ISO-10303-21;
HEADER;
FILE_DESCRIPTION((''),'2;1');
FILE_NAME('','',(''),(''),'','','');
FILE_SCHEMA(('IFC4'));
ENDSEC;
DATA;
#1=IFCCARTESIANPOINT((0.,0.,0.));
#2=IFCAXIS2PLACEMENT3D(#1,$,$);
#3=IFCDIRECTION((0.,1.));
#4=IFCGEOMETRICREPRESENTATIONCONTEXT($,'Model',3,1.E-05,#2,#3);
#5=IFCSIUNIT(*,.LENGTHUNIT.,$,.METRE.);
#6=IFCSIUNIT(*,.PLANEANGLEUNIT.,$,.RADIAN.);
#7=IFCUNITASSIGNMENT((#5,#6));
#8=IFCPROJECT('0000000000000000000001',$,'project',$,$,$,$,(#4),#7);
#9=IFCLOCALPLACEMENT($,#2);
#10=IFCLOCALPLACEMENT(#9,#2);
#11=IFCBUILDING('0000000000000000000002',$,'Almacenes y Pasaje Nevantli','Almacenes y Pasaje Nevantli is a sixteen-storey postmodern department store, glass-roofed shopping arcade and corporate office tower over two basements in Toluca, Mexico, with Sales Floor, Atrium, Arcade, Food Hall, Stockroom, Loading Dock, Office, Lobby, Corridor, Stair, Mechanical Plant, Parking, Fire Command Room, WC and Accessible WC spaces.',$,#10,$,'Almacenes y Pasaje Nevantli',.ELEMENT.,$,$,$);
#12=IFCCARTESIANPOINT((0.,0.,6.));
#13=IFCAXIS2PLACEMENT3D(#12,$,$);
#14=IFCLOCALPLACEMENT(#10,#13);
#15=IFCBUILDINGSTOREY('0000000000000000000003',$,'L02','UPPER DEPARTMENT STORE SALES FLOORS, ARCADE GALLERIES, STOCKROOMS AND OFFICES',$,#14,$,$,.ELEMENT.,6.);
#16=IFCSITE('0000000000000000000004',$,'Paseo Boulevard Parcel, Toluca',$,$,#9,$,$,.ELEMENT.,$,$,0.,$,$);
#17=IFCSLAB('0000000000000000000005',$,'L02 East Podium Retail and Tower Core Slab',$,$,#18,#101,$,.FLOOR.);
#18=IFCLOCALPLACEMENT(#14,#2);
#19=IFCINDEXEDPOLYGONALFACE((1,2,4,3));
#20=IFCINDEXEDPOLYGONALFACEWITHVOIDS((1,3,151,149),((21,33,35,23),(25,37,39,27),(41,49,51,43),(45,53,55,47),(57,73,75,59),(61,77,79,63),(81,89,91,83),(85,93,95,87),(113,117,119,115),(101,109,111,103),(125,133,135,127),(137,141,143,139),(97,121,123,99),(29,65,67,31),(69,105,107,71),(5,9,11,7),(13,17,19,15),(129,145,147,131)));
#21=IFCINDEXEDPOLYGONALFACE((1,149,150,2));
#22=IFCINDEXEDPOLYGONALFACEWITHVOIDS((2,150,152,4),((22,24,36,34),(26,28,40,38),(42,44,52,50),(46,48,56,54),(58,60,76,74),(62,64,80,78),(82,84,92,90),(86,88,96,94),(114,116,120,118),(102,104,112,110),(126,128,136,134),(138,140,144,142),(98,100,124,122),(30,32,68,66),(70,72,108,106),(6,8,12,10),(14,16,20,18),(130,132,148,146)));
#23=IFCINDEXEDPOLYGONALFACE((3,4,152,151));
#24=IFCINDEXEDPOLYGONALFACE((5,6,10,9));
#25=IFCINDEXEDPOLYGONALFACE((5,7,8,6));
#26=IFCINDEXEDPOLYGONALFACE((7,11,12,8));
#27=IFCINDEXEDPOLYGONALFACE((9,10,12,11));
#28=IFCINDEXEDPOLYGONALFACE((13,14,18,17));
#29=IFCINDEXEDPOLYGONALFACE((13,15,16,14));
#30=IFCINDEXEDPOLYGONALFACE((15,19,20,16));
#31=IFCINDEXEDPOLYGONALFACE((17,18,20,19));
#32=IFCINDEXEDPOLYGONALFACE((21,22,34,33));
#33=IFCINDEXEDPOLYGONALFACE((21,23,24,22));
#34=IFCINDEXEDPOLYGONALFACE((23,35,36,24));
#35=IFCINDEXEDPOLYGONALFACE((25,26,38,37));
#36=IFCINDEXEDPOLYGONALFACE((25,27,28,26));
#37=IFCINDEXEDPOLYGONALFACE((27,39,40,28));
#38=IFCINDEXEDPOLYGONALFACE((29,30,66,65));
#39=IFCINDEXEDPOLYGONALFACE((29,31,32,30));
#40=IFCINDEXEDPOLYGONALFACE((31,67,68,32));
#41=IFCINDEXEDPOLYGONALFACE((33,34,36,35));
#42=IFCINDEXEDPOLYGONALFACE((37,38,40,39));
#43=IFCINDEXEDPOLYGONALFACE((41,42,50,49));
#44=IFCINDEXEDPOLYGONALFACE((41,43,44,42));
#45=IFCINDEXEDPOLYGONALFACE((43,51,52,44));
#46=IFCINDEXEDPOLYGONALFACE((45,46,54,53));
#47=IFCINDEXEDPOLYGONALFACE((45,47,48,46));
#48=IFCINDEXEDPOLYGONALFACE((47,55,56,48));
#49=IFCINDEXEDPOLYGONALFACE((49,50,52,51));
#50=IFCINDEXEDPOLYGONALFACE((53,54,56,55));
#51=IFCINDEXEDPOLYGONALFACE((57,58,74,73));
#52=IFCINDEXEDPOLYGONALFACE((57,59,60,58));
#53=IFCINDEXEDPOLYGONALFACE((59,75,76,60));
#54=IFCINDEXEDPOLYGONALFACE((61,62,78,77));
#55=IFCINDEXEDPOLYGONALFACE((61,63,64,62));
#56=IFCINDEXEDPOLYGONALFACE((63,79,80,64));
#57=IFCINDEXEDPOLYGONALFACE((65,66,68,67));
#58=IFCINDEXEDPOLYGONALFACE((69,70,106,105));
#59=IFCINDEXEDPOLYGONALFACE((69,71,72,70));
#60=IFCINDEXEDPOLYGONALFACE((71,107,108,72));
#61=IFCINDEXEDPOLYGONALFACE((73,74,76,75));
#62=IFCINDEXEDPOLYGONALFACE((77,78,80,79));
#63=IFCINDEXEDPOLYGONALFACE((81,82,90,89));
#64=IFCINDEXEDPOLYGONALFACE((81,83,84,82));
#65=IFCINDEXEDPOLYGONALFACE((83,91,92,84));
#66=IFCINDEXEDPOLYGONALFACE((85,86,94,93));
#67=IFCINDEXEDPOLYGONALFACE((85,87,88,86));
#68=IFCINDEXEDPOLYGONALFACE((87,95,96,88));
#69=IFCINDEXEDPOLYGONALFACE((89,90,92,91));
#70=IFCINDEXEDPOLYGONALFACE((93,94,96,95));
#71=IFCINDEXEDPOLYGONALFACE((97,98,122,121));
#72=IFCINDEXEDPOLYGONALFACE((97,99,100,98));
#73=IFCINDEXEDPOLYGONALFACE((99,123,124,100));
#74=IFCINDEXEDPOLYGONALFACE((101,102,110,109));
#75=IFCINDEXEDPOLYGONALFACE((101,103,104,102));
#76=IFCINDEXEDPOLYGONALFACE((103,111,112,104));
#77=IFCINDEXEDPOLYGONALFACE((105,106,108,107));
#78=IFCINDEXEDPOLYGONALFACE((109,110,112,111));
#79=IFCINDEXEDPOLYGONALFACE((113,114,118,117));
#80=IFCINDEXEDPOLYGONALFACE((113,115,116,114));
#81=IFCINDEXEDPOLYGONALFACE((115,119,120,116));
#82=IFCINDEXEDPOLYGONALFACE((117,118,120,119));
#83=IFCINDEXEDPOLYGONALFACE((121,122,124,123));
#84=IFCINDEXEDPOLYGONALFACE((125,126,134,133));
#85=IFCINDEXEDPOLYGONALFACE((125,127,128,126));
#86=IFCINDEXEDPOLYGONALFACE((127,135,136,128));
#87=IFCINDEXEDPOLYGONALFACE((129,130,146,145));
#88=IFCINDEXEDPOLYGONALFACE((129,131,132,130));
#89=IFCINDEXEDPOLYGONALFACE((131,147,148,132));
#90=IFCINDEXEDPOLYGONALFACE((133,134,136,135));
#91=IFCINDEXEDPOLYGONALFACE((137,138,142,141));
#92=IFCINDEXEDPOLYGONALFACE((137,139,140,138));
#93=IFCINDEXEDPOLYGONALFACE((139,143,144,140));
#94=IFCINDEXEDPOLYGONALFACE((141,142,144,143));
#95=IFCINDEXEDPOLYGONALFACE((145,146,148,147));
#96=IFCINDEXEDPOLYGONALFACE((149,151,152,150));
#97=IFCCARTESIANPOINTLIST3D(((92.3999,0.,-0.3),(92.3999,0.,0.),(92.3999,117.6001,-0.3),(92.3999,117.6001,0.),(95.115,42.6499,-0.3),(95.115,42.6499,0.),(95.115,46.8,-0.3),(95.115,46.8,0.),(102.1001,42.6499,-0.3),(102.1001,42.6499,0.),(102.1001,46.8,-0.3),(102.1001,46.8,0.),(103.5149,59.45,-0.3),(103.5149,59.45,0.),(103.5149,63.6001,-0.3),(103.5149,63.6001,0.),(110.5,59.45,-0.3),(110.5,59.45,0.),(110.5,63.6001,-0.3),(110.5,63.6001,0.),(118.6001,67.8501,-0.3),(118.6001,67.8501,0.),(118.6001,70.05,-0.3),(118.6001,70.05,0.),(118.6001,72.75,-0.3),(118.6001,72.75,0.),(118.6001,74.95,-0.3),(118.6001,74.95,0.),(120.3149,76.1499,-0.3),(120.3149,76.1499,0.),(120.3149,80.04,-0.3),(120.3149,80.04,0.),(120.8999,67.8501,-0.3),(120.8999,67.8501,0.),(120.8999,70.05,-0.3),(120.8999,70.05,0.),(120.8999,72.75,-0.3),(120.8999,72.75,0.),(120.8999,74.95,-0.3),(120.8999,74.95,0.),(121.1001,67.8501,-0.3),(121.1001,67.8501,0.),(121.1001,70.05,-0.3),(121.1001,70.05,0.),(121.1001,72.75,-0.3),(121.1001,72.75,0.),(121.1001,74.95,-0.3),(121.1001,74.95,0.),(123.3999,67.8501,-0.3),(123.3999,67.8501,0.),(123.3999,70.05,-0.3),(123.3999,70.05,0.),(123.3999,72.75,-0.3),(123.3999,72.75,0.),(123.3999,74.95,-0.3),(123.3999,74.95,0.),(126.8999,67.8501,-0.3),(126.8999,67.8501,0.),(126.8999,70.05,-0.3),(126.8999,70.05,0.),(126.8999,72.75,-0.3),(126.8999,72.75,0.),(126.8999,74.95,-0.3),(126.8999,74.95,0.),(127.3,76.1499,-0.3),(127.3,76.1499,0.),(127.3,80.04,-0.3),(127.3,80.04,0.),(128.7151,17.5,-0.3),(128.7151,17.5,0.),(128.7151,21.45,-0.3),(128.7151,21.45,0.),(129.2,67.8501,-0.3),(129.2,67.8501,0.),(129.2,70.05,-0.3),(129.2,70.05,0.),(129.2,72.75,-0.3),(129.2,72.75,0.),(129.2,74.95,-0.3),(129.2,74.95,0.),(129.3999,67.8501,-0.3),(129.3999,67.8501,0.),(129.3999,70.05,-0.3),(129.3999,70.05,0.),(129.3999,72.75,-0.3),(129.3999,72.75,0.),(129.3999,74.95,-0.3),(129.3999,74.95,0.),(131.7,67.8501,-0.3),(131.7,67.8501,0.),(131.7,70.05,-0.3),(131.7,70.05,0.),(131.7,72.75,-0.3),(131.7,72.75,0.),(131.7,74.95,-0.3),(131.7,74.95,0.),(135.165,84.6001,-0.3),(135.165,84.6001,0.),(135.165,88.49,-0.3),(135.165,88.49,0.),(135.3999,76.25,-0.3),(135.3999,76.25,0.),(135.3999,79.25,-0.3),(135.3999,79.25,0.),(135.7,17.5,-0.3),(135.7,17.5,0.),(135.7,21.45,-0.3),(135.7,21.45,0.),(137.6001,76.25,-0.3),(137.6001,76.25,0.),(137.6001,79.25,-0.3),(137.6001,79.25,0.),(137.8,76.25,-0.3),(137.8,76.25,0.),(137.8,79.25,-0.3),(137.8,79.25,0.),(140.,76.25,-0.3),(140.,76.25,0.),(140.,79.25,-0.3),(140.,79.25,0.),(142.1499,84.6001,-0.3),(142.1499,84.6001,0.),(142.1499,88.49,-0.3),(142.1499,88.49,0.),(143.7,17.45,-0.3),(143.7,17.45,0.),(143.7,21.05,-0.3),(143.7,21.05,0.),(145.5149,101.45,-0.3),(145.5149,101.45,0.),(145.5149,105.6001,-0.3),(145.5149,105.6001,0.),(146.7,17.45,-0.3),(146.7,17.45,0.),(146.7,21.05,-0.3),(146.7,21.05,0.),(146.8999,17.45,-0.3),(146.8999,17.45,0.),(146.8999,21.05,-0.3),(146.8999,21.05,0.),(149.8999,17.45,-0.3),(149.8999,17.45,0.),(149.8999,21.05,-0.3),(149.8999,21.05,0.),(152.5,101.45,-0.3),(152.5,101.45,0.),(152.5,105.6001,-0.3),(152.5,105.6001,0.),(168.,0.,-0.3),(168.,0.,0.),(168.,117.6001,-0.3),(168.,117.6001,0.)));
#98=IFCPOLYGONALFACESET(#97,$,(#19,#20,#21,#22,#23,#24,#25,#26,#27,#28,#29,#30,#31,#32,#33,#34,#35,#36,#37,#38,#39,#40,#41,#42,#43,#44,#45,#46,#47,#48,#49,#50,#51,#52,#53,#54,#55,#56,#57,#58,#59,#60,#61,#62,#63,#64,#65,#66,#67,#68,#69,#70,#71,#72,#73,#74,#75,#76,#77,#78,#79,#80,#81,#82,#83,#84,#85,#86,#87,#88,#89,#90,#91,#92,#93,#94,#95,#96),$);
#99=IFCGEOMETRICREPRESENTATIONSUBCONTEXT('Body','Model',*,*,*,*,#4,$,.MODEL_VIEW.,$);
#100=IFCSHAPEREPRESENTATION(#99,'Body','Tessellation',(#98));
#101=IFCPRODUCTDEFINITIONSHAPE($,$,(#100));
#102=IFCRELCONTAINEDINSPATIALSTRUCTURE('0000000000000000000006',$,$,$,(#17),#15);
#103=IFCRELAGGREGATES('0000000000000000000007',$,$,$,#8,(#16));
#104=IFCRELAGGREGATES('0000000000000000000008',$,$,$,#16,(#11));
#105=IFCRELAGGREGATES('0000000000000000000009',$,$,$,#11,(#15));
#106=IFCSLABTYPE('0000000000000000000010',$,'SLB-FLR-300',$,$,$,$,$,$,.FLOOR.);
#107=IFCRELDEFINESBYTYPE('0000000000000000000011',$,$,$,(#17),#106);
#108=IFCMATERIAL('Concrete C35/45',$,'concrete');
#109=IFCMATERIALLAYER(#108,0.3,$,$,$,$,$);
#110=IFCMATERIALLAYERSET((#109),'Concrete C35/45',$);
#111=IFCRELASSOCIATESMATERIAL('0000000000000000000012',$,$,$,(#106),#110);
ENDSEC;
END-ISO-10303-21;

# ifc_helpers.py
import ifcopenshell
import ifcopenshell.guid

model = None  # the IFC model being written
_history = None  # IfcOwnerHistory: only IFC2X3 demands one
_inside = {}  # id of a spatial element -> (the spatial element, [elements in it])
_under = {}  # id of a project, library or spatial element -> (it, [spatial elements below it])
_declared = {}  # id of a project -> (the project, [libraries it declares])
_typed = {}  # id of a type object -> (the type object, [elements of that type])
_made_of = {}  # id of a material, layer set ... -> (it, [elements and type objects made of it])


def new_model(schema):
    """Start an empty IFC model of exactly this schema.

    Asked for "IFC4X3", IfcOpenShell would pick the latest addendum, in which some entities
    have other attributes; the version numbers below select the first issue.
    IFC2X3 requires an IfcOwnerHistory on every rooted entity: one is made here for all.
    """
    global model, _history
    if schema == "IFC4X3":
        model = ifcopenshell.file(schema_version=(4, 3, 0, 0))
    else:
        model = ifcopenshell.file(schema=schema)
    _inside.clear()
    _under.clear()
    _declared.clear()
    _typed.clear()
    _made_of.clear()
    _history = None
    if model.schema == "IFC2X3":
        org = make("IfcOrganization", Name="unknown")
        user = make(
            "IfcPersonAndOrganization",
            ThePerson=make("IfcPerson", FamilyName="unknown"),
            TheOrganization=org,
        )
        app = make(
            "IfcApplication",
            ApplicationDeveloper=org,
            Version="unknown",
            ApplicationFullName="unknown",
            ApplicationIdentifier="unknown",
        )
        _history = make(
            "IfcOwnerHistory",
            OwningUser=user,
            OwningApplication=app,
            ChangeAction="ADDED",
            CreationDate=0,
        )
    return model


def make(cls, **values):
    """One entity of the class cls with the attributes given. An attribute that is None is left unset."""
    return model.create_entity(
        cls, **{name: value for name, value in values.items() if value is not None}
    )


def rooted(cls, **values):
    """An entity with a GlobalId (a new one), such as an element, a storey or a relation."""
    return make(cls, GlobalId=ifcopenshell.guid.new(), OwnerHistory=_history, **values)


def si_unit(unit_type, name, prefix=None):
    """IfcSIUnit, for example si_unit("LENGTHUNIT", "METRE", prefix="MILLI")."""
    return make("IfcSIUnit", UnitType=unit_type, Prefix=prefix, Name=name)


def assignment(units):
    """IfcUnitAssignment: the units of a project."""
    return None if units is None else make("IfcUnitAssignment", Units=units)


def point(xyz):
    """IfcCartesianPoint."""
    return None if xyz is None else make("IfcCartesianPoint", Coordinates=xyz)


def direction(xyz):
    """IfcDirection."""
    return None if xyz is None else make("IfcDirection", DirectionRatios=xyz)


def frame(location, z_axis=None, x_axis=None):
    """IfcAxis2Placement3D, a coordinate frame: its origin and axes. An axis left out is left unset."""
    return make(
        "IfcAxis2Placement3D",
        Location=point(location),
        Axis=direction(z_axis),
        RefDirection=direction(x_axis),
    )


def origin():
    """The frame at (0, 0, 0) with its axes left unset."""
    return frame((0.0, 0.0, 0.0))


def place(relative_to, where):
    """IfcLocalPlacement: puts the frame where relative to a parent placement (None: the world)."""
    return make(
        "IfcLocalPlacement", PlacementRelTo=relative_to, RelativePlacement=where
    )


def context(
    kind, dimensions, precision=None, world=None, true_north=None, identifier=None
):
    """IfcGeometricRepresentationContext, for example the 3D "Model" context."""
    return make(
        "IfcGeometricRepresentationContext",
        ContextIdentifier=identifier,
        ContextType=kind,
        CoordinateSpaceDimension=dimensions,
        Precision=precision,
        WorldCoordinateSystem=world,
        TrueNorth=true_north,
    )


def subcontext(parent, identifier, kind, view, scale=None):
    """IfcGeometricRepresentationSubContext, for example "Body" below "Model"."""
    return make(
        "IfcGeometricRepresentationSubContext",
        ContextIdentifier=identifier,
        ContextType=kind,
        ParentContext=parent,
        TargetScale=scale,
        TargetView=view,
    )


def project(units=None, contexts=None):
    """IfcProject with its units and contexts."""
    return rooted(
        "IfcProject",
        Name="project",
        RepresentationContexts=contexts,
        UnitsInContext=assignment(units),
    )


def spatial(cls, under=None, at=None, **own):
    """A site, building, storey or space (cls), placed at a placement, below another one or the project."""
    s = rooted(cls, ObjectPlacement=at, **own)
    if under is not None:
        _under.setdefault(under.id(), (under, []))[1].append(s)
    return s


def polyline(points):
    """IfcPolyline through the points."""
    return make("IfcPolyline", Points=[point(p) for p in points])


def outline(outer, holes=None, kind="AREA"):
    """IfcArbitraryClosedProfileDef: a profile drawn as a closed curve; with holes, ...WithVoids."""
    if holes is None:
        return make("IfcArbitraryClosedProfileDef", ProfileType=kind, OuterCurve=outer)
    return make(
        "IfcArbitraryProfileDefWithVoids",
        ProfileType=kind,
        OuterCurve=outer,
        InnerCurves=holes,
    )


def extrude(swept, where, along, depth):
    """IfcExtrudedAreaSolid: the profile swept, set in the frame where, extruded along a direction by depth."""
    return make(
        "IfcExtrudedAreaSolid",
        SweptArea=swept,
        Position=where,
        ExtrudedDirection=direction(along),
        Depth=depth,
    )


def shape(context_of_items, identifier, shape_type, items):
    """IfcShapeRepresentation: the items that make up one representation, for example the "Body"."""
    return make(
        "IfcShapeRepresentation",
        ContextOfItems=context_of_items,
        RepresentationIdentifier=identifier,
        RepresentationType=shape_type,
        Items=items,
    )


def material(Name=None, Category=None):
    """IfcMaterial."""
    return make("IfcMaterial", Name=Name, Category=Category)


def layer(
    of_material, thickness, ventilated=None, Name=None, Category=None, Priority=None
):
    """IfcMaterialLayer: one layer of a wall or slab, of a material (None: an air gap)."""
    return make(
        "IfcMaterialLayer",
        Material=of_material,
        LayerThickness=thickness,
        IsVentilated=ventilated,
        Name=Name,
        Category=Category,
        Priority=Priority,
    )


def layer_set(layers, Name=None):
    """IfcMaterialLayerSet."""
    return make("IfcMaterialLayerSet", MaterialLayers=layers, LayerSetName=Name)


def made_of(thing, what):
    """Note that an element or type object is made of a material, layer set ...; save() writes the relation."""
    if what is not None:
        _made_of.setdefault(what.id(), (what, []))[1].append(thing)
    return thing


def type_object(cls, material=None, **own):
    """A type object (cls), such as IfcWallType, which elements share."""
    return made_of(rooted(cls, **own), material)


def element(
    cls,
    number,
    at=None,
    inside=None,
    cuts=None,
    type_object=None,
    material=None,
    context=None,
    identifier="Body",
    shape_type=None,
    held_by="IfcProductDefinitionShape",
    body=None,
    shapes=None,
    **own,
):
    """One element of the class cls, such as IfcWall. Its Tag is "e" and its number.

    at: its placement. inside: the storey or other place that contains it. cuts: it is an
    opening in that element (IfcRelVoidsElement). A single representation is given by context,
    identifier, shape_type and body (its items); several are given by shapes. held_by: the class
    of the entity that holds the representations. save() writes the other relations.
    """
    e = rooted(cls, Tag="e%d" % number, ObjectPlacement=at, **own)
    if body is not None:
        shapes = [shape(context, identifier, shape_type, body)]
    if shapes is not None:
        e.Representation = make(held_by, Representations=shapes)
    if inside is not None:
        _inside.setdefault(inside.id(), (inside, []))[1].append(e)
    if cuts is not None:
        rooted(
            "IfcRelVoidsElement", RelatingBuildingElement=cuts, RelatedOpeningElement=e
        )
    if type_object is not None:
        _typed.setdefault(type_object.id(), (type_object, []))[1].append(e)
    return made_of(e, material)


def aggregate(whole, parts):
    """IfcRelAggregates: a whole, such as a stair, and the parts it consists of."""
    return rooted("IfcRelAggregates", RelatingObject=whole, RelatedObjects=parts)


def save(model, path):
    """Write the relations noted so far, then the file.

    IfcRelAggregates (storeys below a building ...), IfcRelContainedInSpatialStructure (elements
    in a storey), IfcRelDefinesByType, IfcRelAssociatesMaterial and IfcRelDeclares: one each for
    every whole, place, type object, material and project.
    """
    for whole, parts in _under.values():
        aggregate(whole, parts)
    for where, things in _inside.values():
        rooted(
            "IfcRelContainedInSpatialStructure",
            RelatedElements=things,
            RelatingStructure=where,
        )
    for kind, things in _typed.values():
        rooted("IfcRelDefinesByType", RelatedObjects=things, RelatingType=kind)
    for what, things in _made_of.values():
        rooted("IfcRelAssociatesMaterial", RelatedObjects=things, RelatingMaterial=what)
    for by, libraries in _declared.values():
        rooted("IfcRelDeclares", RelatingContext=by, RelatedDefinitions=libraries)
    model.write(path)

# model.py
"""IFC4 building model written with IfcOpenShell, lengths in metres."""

from ifc_helpers import new_model, si_unit, direction, frame, origin, place, context, subcontext, project, spatial, polyline, outline, extrude, material, layer, layer_set, type_object, element, save


model = new_model("IFC4")

# Units and contexts
model_context = context("Model", 3, precision=1e-05, world=origin(), true_north=direction((0.0, 1.0)))
body_context = subcontext(model_context, "Body", "Model", "MODEL_VIEW")
ifc_project = project(units=[si_unit("LENGTHUNIT", "METRE"), si_unit("PLANEANGLEUNIT", "RADIAN")], contexts=[model_context])

# Site, building, storey
site_placement = place(None, origin())
site = spatial("IfcSite", under=ifc_project, at=site_placement, Name="Paseo Boulevard Parcel, Toluca", CompositionType="ELEMENT", RefElevation=0.0)
building_placement = place(site_placement, origin())
building = spatial("IfcBuilding", under=site, at=building_placement, Name="Almacenes y Pasaje Nevantli", Description="Almacenes y Pasaje Nevantli is a sixteen-storey postmodern department store, glass-roofed shopping arcade and corporate office tower over two basements in Toluca, Mexico, with Sales Floor, Atrium, Arcade, Food Hall, Stockroom, Loading Dock, Office, Lobby, Corridor, Stair, Mechanical Plant, Parking, Fire Command Room, WC and Accessible WC spaces.", LongName="Almacenes y Pasaje Nevantli", CompositionType="ELEMENT")
storey_placement = place(building_placement, frame((0.0, 0.0, 6.0)))
storey = spatial("IfcBuildingStorey", under=building, at=storey_placement, Name="L02", Description="UPPER DEPARTMENT STORE SALES FLOORS, ARCADE GALLERIES, STOCKROOMS AND OFFICES", CompositionType="ELEMENT", Elevation=6.0)

# Slab
ifc_material_1 = material(Name="Concrete C35/45", Category="concrete")
ifc_layer_1 = layer(ifc_material_1, 0.3)
ifc_layer_set_1 = layer_set([ifc_layer_1], Name="Concrete C35/45")
slab_type_1 = type_object("IfcSlabType", Name="SLB-FLR-300", PredefinedType="FLOOR", material=ifc_layer_set_1)
slab_1_placement = place(storey_placement, frame((0.0, 0.0, -0.3)))
element("IfcSlab", 1, at=slab_1_placement, inside=storey, type_object=slab_type_1, Name="L02 East Podium Retail and Tower Core Slab", PredefinedType="FLOOR", context=body_context, shape_type="SweptSolid", body=[
    extrude(outline(polyline([(92.3999, 0.0), (168.0, 0.0), (168.0, 117.6001), (92.3999, 117.6001), (92.3999, 0.0)]), holes=[polyline([(120.3149, 76.1499), (127.3, 76.1499), (127.3, 80.04), (120.3149, 80.04), (120.3149, 76.1499)]), polyline([(135.165, 84.6001), (142.1499, 84.6001), (142.1499, 88.49), (135.165, 88.49), (135.165, 84.6001)]), polyline([(128.7151, 17.5), (135.7, 17.5), (135.7, 21.45), (128.7151, 21.45), (128.7151, 17.5)]), polyline([(145.5149, 101.45), (152.5, 101.45), (152.5, 105.6001), (145.5149, 105.6001), (145.5149, 101.45)]), polyline([(95.115, 42.6499), (102.1001, 42.6499), (102.1001, 46.8), (95.115, 46.8), (95.115, 42.6499)]), polyline([(103.5149, 59.45), (110.5, 59.45), (110.5, 63.6001), (103.5149, 63.6001), (103.5149, 59.45)]), polyline([(126.8999, 67.8501), (129.2, 67.8501), (129.2, 70.05), (126.8999, 70.05), (126.8999, 67.8501)]), polyline([(129.3999, 67.8501), (131.7, 67.8501), (131.7, 70.05), (129.3999, 70.05), (129.3999, 67.8501)]), polyline([(126.8999, 72.75), (129.2, 72.75), (129.2, 74.95), (126.8999, 74.95), (126.8999, 72.75)]), polyline([(129.3999, 72.75), (131.7, 72.75), (131.7, 74.95), (129.3999, 74.95), (129.3999, 72.75)]), polyline([(118.6001, 67.8501), (120.8999, 67.8501), (120.8999, 70.05), (118.6001, 70.05), (118.6001, 67.8501)]), polyline([(121.1001, 67.8501), (123.3999, 67.8501), (123.3999, 70.05), (121.1001, 70.05), (121.1001, 67.8501)]), polyline([(118.6001, 72.75), (120.8999, 72.75), (120.8999, 74.95), (118.6001, 74.95), (118.6001, 72.75)]), polyline([(121.1001, 72.75), (123.3999, 72.75), (123.3999, 74.95), (121.1001, 74.95), (121.1001, 72.75)]), polyline([(135.3999, 76.25), (137.6001, 76.25), (137.6001, 79.25), (135.3999, 79.25), (135.3999, 76.25)]), polyline([(137.8, 76.25), (140.0, 76.25), (140.0, 79.25), (137.8, 79.25), (137.8, 76.25)]), polyline([(143.7, 17.45), (146.7, 17.45), (146.7, 21.05), (143.7, 21.05), (143.7, 17.45)]), polyline([(146.8999, 17.45), (149.8999, 17.45), (149.8999, 21.05), (146.8999, 21.05), (146.8999, 17.45)])]), origin(), (0.0, 0.0, 1.0), 0.3),
])

save(model, "model.ifc")
